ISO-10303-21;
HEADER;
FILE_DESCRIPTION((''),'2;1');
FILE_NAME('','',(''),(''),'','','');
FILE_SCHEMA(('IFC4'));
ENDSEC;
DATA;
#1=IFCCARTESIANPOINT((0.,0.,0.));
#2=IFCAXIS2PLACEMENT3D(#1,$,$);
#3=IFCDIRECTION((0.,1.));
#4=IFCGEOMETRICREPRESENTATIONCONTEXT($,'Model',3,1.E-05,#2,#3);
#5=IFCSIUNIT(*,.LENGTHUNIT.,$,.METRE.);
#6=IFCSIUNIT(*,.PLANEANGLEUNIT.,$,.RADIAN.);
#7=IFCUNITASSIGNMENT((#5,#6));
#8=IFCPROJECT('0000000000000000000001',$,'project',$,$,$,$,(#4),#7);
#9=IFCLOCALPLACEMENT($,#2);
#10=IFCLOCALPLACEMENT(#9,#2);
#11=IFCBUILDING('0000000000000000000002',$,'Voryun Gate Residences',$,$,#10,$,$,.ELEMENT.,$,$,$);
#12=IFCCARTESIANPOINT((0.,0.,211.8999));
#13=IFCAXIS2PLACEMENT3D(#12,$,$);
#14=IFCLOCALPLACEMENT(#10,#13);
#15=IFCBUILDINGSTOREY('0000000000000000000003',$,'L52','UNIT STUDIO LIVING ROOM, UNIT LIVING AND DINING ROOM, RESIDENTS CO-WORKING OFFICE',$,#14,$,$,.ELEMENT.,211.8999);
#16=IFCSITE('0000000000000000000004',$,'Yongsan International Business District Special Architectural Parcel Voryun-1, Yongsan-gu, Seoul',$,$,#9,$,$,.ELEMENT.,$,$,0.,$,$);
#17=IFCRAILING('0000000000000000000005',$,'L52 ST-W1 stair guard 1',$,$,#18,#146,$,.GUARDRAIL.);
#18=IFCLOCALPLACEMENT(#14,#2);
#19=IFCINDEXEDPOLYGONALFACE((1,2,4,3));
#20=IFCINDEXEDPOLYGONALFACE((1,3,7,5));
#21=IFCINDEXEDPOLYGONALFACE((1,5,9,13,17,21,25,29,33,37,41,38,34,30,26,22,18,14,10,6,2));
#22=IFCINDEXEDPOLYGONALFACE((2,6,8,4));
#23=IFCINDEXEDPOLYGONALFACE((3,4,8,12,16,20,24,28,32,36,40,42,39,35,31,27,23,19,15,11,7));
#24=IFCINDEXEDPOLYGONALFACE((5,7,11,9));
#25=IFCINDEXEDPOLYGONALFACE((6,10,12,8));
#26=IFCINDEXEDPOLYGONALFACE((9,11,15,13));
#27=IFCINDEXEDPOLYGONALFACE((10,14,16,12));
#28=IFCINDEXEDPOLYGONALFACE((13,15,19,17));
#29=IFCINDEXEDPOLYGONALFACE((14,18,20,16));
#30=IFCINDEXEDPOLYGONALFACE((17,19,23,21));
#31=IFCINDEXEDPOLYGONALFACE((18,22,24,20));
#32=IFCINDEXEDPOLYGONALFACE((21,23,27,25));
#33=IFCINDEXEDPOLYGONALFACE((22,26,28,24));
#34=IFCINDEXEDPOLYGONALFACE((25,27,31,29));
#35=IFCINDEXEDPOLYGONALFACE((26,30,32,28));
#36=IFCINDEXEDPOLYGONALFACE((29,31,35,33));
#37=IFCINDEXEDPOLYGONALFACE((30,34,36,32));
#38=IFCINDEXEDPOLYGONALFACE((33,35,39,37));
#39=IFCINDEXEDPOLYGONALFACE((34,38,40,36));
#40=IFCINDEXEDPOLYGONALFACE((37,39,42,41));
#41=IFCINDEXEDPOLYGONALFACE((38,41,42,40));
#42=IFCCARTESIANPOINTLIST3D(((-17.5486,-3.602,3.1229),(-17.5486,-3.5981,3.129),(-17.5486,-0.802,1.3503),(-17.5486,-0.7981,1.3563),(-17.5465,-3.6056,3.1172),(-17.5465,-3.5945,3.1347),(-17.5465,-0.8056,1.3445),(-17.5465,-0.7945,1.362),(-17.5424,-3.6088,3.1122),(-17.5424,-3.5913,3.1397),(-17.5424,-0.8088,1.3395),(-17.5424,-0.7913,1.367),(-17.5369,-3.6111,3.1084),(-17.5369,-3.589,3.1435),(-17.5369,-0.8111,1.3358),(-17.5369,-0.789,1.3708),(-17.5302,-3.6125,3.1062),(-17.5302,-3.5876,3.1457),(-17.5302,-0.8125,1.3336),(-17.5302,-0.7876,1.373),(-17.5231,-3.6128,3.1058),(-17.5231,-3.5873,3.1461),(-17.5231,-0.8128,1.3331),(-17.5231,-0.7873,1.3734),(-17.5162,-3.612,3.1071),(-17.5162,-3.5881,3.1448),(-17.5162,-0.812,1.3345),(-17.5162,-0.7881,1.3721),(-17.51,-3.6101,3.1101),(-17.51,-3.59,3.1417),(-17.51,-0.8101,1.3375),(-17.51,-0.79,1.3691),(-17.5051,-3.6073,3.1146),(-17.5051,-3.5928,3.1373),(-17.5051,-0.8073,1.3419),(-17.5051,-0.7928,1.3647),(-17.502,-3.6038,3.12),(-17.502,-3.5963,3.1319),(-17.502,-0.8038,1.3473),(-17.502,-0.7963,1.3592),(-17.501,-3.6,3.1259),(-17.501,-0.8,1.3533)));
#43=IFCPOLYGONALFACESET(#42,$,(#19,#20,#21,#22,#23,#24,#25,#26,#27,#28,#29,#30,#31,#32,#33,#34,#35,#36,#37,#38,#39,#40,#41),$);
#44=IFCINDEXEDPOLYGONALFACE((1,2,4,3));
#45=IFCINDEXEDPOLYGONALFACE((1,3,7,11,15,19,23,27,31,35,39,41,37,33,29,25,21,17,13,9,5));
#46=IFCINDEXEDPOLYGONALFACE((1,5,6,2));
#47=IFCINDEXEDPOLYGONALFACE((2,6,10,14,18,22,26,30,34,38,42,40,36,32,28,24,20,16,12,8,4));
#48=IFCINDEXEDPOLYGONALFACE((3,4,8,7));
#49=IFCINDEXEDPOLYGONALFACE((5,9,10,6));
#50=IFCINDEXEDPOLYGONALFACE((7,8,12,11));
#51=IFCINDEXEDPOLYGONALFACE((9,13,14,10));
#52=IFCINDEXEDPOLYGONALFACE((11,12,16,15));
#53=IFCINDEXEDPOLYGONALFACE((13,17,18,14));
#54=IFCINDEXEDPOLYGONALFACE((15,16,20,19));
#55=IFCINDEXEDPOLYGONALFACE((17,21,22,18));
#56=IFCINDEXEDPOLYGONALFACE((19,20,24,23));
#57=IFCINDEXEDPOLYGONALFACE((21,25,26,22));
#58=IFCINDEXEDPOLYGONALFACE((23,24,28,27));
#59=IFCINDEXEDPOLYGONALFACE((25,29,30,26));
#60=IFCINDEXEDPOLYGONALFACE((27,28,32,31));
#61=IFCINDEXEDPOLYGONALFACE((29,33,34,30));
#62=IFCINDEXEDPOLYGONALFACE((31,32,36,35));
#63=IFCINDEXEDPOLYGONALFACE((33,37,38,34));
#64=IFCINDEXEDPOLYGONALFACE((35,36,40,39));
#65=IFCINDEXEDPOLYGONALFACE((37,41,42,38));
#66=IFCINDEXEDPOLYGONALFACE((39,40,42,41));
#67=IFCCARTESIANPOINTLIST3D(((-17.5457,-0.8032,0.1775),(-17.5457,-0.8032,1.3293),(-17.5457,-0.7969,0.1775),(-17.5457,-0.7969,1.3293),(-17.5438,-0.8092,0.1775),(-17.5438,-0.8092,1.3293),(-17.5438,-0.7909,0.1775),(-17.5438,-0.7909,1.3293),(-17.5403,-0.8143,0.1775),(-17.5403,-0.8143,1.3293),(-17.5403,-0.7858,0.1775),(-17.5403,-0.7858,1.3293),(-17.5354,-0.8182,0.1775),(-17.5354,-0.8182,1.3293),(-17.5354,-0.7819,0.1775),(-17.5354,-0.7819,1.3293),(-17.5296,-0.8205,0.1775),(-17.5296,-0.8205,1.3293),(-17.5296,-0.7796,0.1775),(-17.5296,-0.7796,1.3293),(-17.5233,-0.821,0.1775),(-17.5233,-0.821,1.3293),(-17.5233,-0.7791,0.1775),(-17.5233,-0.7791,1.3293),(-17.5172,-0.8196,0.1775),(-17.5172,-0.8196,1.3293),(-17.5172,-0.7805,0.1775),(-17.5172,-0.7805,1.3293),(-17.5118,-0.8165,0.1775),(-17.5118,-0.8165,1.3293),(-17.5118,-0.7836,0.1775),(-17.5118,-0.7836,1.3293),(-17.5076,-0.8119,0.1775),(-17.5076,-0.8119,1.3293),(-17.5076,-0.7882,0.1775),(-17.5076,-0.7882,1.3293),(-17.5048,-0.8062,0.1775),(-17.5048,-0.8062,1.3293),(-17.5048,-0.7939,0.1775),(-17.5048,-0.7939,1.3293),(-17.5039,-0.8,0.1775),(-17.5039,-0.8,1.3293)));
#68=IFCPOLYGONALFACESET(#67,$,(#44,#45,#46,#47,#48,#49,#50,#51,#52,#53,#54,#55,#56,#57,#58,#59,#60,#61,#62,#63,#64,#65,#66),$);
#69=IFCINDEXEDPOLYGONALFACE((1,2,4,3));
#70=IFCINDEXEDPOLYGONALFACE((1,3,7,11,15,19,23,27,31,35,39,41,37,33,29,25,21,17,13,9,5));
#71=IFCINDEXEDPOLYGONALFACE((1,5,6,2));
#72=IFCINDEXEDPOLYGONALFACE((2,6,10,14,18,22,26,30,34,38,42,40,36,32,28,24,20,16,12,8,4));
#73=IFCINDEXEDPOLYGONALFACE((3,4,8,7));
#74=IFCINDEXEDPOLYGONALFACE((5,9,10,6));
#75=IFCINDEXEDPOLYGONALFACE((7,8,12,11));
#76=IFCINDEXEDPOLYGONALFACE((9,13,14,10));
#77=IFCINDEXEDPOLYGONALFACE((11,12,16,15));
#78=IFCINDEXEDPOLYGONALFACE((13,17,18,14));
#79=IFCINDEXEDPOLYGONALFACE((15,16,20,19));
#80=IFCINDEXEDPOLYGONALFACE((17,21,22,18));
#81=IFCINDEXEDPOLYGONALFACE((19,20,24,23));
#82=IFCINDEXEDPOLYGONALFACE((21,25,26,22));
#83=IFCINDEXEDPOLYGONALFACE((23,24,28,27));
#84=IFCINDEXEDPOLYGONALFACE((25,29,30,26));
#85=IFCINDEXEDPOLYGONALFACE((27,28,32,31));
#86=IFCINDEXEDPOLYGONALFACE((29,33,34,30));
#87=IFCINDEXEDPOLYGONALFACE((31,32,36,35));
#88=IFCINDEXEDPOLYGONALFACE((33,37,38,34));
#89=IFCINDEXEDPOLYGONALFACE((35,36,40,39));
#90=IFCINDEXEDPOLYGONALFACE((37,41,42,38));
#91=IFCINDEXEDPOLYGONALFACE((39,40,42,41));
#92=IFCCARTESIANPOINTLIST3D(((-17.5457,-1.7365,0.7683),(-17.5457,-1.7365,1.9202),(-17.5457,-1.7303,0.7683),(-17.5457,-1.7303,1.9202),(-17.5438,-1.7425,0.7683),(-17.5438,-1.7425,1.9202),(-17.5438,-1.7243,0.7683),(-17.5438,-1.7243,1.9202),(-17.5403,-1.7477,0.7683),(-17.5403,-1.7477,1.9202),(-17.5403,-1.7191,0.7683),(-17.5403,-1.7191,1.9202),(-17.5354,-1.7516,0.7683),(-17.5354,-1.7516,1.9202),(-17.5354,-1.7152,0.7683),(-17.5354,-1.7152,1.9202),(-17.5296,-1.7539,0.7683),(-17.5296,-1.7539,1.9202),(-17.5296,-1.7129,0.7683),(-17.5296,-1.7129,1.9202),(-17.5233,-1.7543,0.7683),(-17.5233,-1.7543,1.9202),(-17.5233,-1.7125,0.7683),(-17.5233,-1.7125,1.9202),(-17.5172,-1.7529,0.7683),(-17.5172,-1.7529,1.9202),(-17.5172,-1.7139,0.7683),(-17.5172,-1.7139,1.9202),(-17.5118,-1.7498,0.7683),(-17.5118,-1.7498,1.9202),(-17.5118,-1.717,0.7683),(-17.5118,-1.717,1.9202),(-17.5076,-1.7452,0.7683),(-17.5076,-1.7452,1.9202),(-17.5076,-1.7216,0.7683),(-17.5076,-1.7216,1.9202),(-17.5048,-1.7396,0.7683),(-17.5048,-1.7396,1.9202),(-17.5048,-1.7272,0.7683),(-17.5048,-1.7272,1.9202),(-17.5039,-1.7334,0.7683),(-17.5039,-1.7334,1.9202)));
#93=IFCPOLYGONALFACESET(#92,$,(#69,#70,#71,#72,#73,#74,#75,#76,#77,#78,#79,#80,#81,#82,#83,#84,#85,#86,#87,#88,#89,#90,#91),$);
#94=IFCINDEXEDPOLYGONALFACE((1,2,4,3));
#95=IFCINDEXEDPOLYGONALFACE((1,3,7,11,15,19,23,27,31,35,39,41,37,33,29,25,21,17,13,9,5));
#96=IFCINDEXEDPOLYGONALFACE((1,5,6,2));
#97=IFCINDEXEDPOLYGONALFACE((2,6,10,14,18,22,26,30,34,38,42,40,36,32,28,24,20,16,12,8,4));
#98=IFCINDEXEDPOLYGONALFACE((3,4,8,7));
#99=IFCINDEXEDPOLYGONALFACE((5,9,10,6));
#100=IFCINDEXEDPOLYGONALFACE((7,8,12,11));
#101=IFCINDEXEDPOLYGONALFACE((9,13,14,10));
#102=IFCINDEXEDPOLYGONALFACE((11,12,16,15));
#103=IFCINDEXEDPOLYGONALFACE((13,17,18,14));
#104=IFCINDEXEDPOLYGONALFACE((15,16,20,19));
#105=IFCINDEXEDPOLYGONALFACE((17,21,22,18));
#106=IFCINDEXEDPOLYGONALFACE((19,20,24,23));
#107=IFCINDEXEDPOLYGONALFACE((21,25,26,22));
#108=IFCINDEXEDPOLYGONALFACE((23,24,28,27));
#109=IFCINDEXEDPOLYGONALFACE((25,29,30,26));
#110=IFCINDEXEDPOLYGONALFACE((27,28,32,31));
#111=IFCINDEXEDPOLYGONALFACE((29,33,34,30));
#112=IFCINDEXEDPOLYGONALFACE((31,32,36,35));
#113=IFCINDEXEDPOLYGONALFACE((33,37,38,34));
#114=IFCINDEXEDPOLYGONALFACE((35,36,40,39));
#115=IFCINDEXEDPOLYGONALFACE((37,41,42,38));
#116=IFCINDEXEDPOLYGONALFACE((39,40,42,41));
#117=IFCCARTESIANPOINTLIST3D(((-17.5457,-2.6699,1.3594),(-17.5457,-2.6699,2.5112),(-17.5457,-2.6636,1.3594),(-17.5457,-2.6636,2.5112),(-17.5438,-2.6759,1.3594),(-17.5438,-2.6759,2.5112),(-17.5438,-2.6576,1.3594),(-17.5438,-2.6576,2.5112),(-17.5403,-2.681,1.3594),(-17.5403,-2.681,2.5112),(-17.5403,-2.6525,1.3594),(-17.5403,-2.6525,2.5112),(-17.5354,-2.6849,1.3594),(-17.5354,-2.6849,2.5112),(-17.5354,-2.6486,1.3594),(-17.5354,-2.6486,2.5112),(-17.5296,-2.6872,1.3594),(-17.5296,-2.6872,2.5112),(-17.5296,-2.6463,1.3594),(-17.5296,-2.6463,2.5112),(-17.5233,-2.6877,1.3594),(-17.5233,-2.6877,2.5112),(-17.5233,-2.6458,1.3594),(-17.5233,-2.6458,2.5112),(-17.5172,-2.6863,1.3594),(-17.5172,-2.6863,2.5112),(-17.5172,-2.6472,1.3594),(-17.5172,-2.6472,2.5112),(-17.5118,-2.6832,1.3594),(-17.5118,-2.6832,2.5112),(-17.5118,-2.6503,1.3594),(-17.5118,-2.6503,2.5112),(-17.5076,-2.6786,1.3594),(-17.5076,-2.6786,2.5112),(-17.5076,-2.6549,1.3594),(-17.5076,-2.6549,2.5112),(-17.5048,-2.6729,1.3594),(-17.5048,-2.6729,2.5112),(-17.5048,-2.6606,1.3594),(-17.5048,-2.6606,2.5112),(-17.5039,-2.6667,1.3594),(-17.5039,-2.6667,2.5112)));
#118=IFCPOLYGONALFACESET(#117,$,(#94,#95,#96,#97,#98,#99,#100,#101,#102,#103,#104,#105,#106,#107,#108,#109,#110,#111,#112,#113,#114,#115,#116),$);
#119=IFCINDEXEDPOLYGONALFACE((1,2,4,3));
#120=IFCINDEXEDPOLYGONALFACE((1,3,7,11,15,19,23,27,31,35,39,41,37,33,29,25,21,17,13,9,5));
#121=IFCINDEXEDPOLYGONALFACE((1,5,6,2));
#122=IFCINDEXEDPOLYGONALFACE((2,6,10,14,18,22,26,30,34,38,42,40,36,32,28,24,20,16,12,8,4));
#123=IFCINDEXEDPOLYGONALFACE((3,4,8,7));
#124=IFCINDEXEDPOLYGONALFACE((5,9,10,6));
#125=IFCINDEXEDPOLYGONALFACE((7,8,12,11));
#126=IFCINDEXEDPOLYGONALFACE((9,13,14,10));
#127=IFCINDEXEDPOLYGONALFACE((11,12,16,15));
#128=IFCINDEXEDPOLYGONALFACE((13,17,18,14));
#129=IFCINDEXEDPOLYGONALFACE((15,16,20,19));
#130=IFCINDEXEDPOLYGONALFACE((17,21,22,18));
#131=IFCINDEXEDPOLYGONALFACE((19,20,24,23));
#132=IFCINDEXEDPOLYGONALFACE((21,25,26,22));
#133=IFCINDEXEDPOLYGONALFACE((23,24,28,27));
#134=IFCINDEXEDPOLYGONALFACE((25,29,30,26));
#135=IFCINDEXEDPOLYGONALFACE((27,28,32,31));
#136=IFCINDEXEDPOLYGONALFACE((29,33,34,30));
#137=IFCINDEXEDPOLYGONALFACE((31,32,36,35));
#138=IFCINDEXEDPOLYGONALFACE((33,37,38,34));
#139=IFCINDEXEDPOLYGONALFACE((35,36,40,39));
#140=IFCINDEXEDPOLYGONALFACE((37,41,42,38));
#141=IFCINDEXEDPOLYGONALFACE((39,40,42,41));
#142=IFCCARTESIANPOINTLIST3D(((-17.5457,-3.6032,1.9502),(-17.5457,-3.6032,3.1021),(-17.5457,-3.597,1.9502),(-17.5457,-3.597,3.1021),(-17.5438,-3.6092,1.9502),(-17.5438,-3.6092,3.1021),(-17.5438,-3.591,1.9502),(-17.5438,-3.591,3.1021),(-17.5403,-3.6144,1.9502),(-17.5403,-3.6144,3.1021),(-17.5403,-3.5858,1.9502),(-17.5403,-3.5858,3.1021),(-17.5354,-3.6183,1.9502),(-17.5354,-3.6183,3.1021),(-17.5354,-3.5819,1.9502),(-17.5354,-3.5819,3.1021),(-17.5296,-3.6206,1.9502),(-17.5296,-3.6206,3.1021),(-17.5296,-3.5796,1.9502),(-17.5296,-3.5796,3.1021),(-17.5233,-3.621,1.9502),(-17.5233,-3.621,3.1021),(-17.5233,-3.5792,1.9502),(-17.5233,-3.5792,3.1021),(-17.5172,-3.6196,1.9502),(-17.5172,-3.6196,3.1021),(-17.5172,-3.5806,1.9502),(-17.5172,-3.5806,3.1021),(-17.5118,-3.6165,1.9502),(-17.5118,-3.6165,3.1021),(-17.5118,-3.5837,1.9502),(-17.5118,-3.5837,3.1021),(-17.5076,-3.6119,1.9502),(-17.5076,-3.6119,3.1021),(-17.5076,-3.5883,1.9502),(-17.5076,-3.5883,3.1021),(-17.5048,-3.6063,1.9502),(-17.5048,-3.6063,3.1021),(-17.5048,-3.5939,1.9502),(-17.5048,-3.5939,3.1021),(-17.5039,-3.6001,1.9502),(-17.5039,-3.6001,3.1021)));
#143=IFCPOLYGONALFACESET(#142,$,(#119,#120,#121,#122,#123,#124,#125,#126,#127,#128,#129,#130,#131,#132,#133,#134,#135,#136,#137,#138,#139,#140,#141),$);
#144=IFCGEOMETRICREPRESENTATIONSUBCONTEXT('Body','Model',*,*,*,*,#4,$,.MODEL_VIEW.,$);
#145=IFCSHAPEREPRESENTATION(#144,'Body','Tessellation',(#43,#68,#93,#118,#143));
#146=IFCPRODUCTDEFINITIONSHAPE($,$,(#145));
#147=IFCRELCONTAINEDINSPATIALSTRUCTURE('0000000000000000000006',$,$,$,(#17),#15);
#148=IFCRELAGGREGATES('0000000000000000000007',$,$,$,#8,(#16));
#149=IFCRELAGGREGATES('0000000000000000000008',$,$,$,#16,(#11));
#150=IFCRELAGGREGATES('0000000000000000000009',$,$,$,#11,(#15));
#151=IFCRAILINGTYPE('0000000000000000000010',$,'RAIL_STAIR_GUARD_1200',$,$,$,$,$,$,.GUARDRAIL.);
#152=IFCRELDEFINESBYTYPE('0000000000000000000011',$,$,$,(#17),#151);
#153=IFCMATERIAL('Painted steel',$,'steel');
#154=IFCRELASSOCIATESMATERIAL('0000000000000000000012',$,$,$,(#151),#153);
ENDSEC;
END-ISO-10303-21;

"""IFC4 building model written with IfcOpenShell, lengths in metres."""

from ifc_helpers import new_model, si_unit, direction, frame, origin, origin_2d, place, context, subcontext, project, spatial, circle, extrude, material, type_object, element, save


model = new_model("IFC4")

# Units and contexts
model_context = context("Model", 3, precision=1e-05, world=origin(), true_north=direction((0.0, 1.0)))
body_context = subcontext(model_context, "Body", "Model", "MODEL_VIEW")
ifc_project = project(units=[si_unit("LENGTHUNIT", "METRE"), si_unit("PLANEANGLEUNIT", "RADIAN")], contexts=[model_context])

# Site, building, storey
site_placement = place(None, origin())
site = spatial("IfcSite", under=ifc_project, at=site_placement, Name="Yongsan International Business District Special Architectural Parcel Voryun-1, Yongsan-gu, Seoul", CompositionType="ELEMENT", RefElevation=0.0)
building_placement = place(site_placement, origin())
building = spatial("IfcBuilding", under=site, at=building_placement, Name="Voryun Gate Residences", CompositionType="ELEMENT")
storey_placement = place(building_placement, frame((0.0, 0.0, 211.8999)))
storey = spatial("IfcBuildingStorey", under=building, at=storey_placement, Name="L52", Description="UNIT STUDIO LIVING ROOM, UNIT LIVING AND DINING ROOM, RESIDENTS CO-WORKING OFFICE", CompositionType="ELEMENT", Elevation=211.8999)

# Railing
ifc_material_1 = material(Name="Painted steel", Category="steel")
railing_type_1 = type_object("IfcRailingType", Name="RAIL_STAIR_GUARD_1200", PredefinedType="GUARDRAIL", material=ifc_material_1)
railing_1_placement = place(storey_placement, frame((-17.5249, -0.8, 0.1775)))
element("IfcRailing", 1, at=railing_1_placement, inside=storey, type_object=railing_type_1, Name="L52 ST-W1 stair guard 1", PredefinedType="GUARDRAIL", context=body_context, shape_type="SweptSolid", body=[
    extrude(circle(Radius=0.0239, at=origin_2d()), frame((0.0, 0.0, 1.1758), z_axis=(0.0, -0.844909, 0.53491), x_axis=(1.0, 0.0, 0.0)), (0.0, 0.0, 1.0), 3.314),
    extrude(circle(Radius=0.021, at=origin_2d()), origin(), (0.0, 0.0, 1.0), 1.1519),
    extrude(circle(Radius=0.021, at=origin_2d()), frame((0.0, -0.9333, 0.5908)), (0.0, 0.0, 1.0), 1.1519),
    extrude(circle(Radius=0.021, at=origin_2d()), frame((0.0, -1.8667, 1.1819)), (0.0, 0.0, 1.0), 1.1519),
    extrude(circle(Radius=0.021, at=origin_2d()), frame((0.0, -2.8, 1.7727)), (0.0, 0.0, 1.0), 1.1519),
])

save(model, "model.ifc")
